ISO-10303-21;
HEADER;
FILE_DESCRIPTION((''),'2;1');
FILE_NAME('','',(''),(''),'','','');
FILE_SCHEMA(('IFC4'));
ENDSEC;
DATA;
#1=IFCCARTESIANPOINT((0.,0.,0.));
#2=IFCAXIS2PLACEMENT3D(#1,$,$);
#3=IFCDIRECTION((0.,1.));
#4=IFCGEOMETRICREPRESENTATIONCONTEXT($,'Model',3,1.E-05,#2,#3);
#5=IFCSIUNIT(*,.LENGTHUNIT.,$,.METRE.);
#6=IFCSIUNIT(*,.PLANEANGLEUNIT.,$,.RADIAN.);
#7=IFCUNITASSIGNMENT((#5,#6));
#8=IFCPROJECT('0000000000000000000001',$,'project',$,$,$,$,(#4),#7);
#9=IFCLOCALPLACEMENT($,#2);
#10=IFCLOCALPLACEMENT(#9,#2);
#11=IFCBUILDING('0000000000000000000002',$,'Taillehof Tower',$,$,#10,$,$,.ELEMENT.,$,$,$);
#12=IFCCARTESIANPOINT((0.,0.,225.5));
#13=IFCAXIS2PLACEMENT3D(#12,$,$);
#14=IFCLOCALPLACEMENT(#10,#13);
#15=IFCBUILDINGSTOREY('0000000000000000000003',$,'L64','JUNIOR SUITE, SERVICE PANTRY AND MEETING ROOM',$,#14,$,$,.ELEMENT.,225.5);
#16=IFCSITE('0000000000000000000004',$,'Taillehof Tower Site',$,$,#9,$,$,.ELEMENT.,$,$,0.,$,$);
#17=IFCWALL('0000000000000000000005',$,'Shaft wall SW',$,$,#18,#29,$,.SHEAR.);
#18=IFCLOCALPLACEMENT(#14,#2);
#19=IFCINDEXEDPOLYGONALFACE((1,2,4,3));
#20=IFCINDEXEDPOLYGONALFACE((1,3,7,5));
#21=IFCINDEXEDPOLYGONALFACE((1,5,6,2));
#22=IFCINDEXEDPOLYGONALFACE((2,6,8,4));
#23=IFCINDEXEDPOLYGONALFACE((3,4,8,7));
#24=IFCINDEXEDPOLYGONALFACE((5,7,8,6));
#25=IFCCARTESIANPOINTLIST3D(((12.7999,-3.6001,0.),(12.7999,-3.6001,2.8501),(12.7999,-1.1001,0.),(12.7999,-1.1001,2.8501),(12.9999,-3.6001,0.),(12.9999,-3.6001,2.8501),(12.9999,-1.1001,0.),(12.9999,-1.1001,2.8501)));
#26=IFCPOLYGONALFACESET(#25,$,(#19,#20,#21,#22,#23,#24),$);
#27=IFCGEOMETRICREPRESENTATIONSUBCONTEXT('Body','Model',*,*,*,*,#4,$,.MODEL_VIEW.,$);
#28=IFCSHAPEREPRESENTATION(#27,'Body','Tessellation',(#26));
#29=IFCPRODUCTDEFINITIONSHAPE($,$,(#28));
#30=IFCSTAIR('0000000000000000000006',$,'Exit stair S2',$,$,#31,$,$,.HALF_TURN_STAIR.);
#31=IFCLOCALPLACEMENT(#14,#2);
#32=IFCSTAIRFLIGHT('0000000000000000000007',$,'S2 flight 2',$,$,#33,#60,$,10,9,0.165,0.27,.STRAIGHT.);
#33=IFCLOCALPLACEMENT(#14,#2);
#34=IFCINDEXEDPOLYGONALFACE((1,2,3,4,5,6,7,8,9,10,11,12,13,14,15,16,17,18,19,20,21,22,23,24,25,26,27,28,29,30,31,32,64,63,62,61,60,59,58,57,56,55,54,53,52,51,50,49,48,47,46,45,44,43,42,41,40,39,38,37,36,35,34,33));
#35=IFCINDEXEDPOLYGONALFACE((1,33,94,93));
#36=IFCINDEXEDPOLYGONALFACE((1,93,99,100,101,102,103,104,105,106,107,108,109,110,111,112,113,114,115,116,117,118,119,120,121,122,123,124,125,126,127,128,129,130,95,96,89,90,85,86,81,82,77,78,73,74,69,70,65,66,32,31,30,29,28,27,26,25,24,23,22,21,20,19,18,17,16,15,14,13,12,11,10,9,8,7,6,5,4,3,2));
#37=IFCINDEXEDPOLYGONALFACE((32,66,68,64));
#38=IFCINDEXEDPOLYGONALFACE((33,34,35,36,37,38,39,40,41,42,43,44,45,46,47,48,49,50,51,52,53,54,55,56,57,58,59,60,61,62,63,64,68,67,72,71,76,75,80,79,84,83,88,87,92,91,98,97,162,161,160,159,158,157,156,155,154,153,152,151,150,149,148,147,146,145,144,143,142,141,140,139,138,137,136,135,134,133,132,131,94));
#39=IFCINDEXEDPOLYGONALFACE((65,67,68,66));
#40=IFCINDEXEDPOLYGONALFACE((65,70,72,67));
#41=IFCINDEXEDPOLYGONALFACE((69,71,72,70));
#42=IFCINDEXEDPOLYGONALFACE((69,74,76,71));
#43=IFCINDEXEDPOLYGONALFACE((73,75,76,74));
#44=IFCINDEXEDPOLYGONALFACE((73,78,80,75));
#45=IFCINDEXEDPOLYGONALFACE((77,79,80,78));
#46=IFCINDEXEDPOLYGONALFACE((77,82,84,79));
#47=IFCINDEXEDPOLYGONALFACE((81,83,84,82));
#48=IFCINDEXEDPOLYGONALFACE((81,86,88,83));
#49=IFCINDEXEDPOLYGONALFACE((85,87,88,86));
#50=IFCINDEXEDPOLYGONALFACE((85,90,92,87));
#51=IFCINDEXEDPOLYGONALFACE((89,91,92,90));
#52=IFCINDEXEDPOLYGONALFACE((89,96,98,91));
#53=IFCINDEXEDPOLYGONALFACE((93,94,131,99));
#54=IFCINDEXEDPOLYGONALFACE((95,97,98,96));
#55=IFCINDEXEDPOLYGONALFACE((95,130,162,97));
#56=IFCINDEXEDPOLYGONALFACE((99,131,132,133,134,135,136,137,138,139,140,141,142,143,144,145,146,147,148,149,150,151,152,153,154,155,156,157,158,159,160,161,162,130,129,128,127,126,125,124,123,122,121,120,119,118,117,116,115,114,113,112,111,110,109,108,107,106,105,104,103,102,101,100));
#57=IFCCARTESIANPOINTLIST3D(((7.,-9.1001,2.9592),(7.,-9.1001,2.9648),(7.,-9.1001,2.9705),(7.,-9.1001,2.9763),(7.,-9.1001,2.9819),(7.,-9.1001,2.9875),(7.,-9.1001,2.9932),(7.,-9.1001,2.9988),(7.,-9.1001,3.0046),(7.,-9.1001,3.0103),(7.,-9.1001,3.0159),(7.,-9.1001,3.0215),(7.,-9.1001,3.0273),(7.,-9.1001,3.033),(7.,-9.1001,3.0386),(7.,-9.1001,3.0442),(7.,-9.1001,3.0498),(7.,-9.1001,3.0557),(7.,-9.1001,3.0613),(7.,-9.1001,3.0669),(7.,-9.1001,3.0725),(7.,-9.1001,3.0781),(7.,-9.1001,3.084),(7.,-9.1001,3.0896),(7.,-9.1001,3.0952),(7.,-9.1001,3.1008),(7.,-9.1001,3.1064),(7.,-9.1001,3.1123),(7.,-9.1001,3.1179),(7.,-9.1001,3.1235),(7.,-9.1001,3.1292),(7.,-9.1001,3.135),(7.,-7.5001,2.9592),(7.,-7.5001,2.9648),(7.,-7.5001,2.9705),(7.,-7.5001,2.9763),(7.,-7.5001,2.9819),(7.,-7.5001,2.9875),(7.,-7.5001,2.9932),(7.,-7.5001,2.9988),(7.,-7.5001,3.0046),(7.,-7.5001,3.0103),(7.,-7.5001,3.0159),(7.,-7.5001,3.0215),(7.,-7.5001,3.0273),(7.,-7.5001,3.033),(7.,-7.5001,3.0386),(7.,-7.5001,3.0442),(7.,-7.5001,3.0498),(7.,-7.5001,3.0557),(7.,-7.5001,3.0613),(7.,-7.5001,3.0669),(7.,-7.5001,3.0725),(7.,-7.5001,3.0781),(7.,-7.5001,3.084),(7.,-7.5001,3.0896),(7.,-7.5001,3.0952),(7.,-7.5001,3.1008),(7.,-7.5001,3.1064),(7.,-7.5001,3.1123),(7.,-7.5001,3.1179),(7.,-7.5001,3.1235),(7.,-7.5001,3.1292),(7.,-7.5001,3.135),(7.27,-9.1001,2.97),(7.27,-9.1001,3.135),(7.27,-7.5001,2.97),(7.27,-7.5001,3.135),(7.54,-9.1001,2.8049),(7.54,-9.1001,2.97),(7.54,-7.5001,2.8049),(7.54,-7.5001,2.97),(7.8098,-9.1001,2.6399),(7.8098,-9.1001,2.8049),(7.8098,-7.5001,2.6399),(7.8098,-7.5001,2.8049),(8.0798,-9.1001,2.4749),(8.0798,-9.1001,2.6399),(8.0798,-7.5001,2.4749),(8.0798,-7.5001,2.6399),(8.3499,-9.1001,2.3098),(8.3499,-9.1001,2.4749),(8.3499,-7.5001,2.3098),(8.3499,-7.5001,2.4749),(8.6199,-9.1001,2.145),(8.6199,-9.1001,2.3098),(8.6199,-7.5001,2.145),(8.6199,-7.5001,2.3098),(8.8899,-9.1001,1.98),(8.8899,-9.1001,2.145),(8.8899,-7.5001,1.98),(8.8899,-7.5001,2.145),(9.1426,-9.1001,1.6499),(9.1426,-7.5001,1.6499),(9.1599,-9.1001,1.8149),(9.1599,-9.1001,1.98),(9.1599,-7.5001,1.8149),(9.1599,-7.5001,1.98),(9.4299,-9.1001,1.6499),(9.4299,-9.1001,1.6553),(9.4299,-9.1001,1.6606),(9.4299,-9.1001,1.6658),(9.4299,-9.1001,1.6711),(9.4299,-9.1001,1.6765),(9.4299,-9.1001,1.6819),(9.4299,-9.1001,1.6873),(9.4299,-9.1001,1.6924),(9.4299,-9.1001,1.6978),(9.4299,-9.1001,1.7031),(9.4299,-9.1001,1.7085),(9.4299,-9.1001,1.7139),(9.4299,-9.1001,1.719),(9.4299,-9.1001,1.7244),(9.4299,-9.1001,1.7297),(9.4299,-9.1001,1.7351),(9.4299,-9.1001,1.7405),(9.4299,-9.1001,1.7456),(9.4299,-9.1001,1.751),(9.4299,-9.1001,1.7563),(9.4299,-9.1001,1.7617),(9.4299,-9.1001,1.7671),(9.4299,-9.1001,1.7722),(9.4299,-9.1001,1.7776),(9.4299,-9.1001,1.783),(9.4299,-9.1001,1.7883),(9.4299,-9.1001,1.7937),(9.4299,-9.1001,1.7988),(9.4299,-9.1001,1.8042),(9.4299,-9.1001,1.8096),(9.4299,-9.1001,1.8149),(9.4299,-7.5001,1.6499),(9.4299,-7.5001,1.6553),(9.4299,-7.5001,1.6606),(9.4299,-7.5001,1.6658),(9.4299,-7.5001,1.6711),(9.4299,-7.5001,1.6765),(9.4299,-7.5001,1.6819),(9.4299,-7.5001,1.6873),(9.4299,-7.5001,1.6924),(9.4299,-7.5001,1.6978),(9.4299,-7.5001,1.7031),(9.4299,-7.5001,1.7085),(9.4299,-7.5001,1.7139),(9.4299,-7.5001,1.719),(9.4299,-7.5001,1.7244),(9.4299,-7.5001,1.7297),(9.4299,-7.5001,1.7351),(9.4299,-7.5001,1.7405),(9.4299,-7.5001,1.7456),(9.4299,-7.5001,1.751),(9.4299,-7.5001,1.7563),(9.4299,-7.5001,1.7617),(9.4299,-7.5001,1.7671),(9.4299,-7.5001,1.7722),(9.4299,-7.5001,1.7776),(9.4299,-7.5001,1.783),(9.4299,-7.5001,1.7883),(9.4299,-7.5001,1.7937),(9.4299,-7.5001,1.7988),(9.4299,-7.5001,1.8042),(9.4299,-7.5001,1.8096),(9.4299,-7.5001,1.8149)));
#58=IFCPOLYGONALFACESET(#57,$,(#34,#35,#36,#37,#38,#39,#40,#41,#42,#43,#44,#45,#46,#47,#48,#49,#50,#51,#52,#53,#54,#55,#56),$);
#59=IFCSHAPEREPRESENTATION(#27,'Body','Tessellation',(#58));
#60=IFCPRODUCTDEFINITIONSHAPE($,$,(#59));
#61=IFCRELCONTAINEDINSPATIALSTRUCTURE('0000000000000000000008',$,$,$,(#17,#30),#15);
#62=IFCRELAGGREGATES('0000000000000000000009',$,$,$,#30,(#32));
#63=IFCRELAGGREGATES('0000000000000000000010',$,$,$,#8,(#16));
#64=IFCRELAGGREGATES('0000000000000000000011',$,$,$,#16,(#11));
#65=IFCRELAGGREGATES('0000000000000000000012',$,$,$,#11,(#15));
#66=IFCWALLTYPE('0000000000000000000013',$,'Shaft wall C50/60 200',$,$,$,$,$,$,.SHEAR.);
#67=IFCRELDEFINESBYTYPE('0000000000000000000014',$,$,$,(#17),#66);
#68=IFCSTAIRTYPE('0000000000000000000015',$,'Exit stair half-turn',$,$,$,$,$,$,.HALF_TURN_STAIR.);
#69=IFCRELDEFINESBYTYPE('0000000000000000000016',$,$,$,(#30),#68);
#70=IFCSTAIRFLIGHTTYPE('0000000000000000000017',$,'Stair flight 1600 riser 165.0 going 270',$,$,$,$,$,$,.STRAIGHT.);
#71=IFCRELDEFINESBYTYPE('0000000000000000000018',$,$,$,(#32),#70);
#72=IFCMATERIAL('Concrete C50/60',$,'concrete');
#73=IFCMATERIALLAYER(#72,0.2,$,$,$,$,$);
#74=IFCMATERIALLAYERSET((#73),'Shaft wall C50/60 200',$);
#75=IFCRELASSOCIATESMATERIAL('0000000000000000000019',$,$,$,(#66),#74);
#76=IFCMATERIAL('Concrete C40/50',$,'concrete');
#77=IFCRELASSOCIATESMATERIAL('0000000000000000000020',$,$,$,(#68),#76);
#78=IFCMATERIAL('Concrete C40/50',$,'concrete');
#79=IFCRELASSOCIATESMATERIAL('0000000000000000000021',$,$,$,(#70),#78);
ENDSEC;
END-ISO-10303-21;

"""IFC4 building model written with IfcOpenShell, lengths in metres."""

from ifc_helpers import new_model, si_unit, direction, frame, frame_2d, origin, place, context, subcontext, project, spatial, polyline, rectangle, outline, extrude, material, layer, layer_set, type_object, element, aggregate, save


model = new_model("IFC4")

# Units and contexts
model_context = context("Model", 3, precision=1e-05, world=origin(), true_north=direction((0.0, 1.0)))
body_context = subcontext(model_context, "Body", "Model", "MODEL_VIEW")
ifc_project = project(units=[si_unit("LENGTHUNIT", "METRE"), si_unit("PLANEANGLEUNIT", "RADIAN")], contexts=[model_context])

# Site, building, storey
site_placement = place(None, origin())
site = spatial("IfcSite", under=ifc_project, at=site_placement, Name="Taillehof Tower Site", CompositionType="ELEMENT", RefElevation=0.0)
building_placement = place(site_placement, origin())
building = spatial("IfcBuilding", under=site, at=building_placement, Name="Taillehof Tower", CompositionType="ELEMENT")
storey_placement = place(building_placement, frame((0.0, 0.0, 225.5)))
storey = spatial("IfcBuildingStorey", under=building, at=storey_placement, Name="L64", Description="JUNIOR SUITE, SERVICE PANTRY AND MEETING ROOM", CompositionType="ELEMENT", Elevation=225.5)

# Wall
ifc_material_1 = material(Name="Concrete C50/60", Category="concrete")
ifc_layer_1 = layer(ifc_material_1, 0.2)
ifc_layer_set_1 = layer_set([ifc_layer_1], Name="Shaft wall C50/60 200")
wall_type_1 = type_object("IfcWallType", Name="Shaft wall C50/60 200", PredefinedType="SHEAR", material=ifc_layer_set_1)
for number, where, z_axis, x_axis, name in (
    (1, (12.8999, -3.6001, 0.0), (0.0, 0.0, 1.0), (0.0, 1.0, 0.0), "Shaft wall SW"),
):
    element("IfcWall", number, at=place(storey_placement, frame(where, z_axis=z_axis, x_axis=x_axis)), inside=storey, type_object=wall_type_1, Name=name, PredefinedType="SHEAR", context=body_context, shape_type="SweptSolid", body=[
        extrude(rectangle(XDim=2.5, YDim=0.2, at=frame_2d((1.25, 0.0))), origin(), (0.0, 0.0, 1.0), 2.8501),
    ])

# Stair, stair flight
ifc_material_2 = material(Name="Concrete C40/50", Category="concrete")
stair_type = type_object("IfcStairType", Name="Exit stair half-turn", PredefinedType="HALF_TURN_STAIR", material=ifc_material_2)
stair_placement = place(storey_placement, origin())
stair = element("IfcStair", 2, at=stair_placement, inside=storey, type_object=stair_type, Name="Exit stair S2", PredefinedType="HALF_TURN_STAIR")
ifc_material_3 = material(Name="Concrete C40/50", Category="concrete")
stair_flight_type = type_object("IfcStairFlightType", Name="Stair flight 1600 riser 165.0 going 270", PredefinedType="STRAIGHT", material=ifc_material_3)
stair_flight_placement = place(storey_placement, frame((9.4299, -8.3, 1.6499), z_axis=(0.0, 0.0, 1.0), x_axis=(-1.0, 0.0, 0.0)))
stair_flight = element("IfcStairFlight", 3, at=stair_flight_placement, type_object=stair_flight_type, Name="S2 flight 2", NumberOfRisers=10, NumberOfTreads=9, PredefinedType="STRAIGHT", RiserHeight=0.165, TreadLength=0.27, context=body_context, shape_type="SweptSolid", body=[
    extrude(outline(polyline([(0.0, 0.0), (0.0, 0.0054), (0.0, 0.0107), (0.0, 0.0159), (0.0, 0.0212), (0.0, 0.0266), (0.0, 0.032), (0.0, 0.0374), (0.0, 0.0425), (0.0, 0.0479), (0.0, 0.0532), (0.0, 0.0586), (0.0, 0.064), (0.0, 0.0691), (0.0, 0.0745), (0.0, 0.0798), (0.0, 0.0852), (0.0, 0.0906), (0.0, 0.0957), (0.0, 0.1011), (0.0, 0.1064), (0.0, 0.1118), (0.0, 0.1172), (0.0, 0.1223), (0.0, 0.1277), (0.0, 0.1331), (0.0, 0.1384), (0.0, 0.1438), (0.0, 0.1489), (0.0, 0.1543), (0.0, 0.1597), (0.0, 0.165), (0.27, 0.165), (0.27, 0.3301), (0.54, 0.3301), (0.54, 0.4951), (0.8101, 0.4951), (0.8101, 0.6599), (1.0801, 0.6599), (1.0801, 0.825), (1.3501, 0.825), (1.3501, 0.99), (1.6201, 0.99), (1.6201, 1.155), (1.8899, 1.155), (1.8899, 1.3201), (2.1599, 1.3201), (2.1599, 1.4851), (2.4299, 1.4851), (2.4299, 1.4792), (2.4299, 1.4736), (2.4299, 1.468), (2.4299, 1.4624), (2.4299, 1.4565), (2.4299, 1.4509), (2.4299, 1.4453), (2.4299, 1.4397), (2.4299, 1.4341), (2.4299, 1.4282), (2.4299, 1.4226), (2.4299, 1.417), (2.4299, 1.4114), (2.4299, 1.4058), (2.4299, 1.3999), (2.4299, 1.3943), (2.4299, 1.3887), (2.4299, 1.3831), (2.4299, 1.3774), (2.4299, 1.3716), (2.4299, 1.366), (2.4299, 1.3604), (2.4299, 1.3547), (2.4299, 1.3489), (2.4299, 1.3433), (2.4299, 1.3376), (2.4299, 1.332), (2.4299, 1.3264), (2.4299, 1.3206), (2.4299, 1.3149), (2.4299, 1.3093), (0.2874, 0.0), (0.0, 0.0)])), frame((0.0, 0.8, 0.0), z_axis=(0.0, -1.0, 0.0), x_axis=(1.0, 0.0, 0.0)), (0.0, 0.0, 1.0), 1.6),
])
aggregate(stair, [stair_flight])

save(model, "model.ifc")
